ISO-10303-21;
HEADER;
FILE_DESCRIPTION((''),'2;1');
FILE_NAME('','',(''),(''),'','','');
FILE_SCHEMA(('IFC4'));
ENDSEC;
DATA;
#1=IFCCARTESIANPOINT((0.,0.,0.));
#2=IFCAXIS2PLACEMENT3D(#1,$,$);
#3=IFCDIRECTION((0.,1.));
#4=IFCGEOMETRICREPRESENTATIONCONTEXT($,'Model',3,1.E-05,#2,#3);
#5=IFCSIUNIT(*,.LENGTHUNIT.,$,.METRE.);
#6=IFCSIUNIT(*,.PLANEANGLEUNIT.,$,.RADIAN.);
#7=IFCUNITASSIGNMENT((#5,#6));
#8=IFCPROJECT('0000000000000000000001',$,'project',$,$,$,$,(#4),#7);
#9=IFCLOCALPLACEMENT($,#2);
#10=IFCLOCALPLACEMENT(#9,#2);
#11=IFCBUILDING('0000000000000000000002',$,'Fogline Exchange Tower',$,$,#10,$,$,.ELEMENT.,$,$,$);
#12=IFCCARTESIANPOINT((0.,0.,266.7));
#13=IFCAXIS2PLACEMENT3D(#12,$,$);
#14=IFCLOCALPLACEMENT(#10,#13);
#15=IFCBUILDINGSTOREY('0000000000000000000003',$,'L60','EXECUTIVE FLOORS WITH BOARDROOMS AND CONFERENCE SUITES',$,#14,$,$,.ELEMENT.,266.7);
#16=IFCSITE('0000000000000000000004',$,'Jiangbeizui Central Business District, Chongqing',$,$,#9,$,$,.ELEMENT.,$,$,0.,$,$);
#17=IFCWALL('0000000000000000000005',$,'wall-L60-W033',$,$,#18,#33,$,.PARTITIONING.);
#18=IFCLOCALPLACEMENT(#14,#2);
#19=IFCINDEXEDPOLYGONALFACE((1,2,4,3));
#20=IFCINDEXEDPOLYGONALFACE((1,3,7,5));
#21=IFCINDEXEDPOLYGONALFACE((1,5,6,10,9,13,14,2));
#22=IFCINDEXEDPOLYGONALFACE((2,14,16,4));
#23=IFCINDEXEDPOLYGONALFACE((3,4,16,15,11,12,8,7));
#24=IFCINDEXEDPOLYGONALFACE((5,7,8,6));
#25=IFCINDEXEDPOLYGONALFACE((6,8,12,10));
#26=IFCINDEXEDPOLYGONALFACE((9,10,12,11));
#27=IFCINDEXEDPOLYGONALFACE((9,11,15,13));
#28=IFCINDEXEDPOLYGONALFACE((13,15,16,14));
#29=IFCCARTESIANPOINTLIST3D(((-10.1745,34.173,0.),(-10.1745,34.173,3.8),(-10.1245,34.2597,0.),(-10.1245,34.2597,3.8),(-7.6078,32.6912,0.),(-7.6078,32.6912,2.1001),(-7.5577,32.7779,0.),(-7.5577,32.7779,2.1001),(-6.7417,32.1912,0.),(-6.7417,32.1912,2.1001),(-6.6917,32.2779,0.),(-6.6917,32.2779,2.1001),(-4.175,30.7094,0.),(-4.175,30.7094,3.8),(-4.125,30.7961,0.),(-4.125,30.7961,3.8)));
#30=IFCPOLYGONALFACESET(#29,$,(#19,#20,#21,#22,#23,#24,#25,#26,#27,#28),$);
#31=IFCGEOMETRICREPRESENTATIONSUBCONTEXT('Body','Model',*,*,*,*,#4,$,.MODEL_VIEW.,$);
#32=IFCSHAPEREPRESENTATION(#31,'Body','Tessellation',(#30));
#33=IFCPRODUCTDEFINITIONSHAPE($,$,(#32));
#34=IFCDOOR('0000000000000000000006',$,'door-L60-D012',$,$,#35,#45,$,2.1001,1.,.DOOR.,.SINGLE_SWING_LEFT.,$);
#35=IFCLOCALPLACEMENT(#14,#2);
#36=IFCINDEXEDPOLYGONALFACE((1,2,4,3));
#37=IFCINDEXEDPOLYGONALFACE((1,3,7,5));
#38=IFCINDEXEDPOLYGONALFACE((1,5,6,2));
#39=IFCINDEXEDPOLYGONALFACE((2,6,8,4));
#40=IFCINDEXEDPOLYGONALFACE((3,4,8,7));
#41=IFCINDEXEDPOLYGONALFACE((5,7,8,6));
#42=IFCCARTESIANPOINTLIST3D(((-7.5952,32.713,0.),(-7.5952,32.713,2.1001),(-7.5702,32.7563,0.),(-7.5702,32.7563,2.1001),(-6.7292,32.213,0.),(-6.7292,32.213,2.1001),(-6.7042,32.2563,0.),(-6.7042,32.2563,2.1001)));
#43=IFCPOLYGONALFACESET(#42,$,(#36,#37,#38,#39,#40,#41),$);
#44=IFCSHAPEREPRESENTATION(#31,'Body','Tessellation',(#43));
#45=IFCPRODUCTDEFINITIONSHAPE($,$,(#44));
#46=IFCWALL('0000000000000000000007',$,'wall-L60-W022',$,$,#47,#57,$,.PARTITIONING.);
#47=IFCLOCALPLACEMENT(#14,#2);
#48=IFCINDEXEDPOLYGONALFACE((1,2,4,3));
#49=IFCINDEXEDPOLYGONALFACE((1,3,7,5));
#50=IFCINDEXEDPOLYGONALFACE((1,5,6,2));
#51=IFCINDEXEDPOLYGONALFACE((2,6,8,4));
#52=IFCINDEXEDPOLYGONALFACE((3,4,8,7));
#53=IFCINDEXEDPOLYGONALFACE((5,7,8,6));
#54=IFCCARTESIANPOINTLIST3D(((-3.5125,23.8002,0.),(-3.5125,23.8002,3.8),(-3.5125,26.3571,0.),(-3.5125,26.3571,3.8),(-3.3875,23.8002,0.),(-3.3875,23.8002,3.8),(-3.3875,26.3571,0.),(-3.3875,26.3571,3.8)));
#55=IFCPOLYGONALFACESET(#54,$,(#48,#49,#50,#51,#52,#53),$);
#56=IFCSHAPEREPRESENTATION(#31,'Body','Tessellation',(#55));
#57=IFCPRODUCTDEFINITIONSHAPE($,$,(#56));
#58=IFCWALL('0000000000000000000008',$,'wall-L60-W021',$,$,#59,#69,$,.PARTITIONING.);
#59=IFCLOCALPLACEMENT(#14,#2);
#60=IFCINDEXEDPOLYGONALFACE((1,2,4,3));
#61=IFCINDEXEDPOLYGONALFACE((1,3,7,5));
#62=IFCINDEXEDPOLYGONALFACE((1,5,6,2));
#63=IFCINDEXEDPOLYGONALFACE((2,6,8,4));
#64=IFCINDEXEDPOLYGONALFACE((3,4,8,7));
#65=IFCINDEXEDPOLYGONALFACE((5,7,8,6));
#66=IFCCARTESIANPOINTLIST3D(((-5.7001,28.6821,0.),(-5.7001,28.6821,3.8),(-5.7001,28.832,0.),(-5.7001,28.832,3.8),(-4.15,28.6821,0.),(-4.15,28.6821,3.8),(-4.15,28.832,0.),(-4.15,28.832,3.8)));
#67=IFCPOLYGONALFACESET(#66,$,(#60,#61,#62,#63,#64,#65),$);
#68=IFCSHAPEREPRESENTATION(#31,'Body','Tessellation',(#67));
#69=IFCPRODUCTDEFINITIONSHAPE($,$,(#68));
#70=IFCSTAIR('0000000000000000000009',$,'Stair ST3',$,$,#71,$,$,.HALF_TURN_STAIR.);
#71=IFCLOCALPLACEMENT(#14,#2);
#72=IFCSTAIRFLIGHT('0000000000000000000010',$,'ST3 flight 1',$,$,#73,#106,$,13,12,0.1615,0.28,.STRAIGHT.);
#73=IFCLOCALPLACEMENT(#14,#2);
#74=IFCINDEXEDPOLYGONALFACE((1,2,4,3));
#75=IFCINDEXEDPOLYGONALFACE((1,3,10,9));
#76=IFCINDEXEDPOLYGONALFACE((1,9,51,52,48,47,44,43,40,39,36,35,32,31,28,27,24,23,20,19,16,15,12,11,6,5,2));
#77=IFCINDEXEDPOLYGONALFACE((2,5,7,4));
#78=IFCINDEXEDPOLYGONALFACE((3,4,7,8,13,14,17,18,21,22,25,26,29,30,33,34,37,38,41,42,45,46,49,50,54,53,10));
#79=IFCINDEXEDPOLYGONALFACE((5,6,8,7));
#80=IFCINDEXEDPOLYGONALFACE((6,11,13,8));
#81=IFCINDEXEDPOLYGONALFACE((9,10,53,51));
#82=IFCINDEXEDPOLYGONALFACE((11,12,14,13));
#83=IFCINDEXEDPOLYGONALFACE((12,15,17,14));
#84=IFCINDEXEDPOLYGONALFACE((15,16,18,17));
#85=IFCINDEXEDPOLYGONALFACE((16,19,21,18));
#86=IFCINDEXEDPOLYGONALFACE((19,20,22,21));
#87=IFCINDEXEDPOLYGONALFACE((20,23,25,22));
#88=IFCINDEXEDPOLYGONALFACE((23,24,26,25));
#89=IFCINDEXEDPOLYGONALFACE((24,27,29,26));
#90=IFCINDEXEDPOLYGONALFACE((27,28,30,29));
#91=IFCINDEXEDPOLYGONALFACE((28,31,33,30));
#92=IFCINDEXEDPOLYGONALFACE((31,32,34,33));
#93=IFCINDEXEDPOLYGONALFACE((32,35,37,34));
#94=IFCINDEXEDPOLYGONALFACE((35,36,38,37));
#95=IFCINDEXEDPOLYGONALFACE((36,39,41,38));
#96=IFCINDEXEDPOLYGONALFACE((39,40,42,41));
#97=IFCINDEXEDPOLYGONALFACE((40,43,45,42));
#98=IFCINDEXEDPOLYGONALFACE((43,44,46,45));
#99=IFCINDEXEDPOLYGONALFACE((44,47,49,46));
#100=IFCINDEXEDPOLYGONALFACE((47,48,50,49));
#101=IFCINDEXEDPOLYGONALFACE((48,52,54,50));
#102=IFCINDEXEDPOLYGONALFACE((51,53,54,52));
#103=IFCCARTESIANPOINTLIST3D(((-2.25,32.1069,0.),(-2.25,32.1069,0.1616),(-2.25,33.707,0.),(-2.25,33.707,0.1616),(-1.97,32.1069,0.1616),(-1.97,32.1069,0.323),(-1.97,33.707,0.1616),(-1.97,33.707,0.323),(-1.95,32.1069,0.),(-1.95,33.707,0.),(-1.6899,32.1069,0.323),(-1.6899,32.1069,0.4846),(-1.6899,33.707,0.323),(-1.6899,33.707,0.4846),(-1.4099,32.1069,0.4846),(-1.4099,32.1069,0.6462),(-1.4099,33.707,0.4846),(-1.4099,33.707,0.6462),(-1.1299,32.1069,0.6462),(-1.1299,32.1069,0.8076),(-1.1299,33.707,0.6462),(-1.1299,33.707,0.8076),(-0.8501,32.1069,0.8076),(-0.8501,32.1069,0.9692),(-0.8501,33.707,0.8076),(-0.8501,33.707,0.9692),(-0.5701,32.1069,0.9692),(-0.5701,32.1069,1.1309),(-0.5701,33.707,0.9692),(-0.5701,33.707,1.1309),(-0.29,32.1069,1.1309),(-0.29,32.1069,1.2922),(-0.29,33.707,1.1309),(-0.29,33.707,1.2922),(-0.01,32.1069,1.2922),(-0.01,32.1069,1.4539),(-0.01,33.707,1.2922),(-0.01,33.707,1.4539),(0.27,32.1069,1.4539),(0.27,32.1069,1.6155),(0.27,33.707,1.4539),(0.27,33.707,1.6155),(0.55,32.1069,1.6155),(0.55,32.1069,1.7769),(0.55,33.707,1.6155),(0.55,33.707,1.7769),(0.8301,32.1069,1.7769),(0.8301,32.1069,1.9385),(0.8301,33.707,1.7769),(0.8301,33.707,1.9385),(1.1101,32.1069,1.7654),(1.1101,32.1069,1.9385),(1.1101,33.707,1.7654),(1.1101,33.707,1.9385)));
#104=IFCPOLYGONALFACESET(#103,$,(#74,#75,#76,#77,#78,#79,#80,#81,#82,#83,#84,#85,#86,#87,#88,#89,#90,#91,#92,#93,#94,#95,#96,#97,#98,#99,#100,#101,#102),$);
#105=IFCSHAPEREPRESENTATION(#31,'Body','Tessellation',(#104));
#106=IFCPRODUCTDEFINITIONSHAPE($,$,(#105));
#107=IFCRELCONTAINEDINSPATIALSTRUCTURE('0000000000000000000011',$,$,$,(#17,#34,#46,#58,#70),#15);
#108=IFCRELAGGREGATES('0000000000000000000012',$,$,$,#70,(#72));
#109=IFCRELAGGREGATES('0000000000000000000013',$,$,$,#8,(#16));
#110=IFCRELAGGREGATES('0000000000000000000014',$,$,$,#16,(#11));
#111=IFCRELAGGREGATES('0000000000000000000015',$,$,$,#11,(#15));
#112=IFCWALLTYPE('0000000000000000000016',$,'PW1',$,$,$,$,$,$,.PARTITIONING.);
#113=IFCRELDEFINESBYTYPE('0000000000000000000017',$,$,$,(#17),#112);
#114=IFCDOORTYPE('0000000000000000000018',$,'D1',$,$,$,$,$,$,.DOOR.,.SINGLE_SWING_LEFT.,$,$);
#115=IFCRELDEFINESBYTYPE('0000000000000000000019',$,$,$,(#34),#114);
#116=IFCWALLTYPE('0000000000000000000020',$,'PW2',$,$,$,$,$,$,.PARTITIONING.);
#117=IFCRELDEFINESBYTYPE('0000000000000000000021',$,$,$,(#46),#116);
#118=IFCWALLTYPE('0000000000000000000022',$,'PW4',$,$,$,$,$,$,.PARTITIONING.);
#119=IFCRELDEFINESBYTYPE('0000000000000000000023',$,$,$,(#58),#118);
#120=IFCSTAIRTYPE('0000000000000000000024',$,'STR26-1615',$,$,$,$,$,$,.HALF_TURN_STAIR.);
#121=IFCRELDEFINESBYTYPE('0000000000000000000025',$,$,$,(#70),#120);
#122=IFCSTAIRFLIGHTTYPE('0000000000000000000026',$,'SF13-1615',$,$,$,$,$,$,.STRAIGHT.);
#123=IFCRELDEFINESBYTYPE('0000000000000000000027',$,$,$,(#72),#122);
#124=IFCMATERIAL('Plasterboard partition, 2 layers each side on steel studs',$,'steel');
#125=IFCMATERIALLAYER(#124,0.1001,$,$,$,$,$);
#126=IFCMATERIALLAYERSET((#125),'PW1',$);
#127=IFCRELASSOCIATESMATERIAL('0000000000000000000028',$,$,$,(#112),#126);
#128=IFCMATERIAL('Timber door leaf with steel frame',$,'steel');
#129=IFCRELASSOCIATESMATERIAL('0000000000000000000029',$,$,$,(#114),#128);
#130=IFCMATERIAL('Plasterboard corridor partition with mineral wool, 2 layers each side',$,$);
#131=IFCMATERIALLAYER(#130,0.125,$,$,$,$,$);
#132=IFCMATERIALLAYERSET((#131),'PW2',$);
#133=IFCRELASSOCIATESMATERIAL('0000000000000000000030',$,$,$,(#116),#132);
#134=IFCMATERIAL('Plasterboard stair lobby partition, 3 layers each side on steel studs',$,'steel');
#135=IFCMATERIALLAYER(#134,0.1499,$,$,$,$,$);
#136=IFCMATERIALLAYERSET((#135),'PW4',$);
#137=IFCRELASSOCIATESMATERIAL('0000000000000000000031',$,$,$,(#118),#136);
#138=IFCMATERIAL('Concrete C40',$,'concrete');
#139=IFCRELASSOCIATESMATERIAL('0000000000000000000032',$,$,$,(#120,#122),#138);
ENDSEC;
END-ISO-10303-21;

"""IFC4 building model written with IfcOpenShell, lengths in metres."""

from ifc_helpers import new_model, si_unit, direction, frame, frame_2d, origin, place, context, subcontext, project, spatial, polyline, rectangle, outline, extrude, material, layer, layer_set, type_object, element, fill, aggregate, save


model = new_model("IFC4")

# Units and contexts
model_context = context("Model", 3, precision=1e-05, world=origin(), true_north=direction((0.0, 1.0)))
body_context = subcontext(model_context, "Body", "Model", "MODEL_VIEW")
ifc_project = project(units=[si_unit("LENGTHUNIT", "METRE"), si_unit("PLANEANGLEUNIT", "RADIAN")], contexts=[model_context])

# Site, building, storey
site_placement = place(None, origin())
site = spatial("IfcSite", under=ifc_project, at=site_placement, Name="Jiangbeizui Central Business District, Chongqing", CompositionType="ELEMENT", RefElevation=0.0)
building_placement = place(site_placement, origin())
building = spatial("IfcBuilding", under=site, at=building_placement, Name="Fogline Exchange Tower", CompositionType="ELEMENT")
storey_placement = place(building_placement, frame((0.0, 0.0, 266.7)))
storey = spatial("IfcBuildingStorey", under=building, at=storey_placement, Name="L60", Description="EXECUTIVE FLOORS WITH BOARDROOMS AND CONFERENCE SUITES", CompositionType="ELEMENT", Elevation=266.7)

# Shared definitions
ifc_material_1 = material(Name="Concrete C40", Category="concrete")

# Wall, opening, door
ifc_material_2 = material(Name="Plasterboard partition, 2 layers each side on steel studs", Category="steel")
ifc_layer_1 = layer(ifc_material_2, 0.1001)
ifc_layer_set_1 = layer_set([ifc_layer_1], Name="PW1")
wall_type_1 = type_object("IfcWallType", Name="PW1", PredefinedType="PARTITIONING", material=ifc_layer_set_1)
wall_1_placement = place(storey_placement, frame((-4.1499, 30.7527, 0.0), z_axis=(0.0, 0.0, 1.0), x_axis=(-0.866038, 0.499979, 0.0)))
wall_1 = element("IfcWall", 1, at=wall_1_placement, inside=storey, type_object=wall_type_1, Name="wall-L60-W033", PredefinedType="PARTITIONING", context=body_context, shape_type="SweptSolid", body=[
    extrude(rectangle(XDim=6.9275, YDim=0.1001, at=frame_2d((3.4639, 0.0))), origin(), (0.0, 0.0, 1.0), 3.8),
])
opening_1_placement = place(wall_1_placement, frame((2.9639, 0.0, 0.0)))
opening_1 = element("IfcOpeningElement", 2, at=opening_1_placement, cuts=wall_1, PredefinedType="OPENING", context=body_context, shape_type="SweptSolid", body=[
    extrude(rectangle(XDim=1.0, YDim=2.1001, at=frame_2d((0.5, 1.05))), frame((0.0, 0.0601, 0.0), z_axis=(0.0, -1.0, 0.0), x_axis=(1.0, 0.0, 0.0)), (0.0, 0.0, 1.0), 0.1201),
])
ifc_material_3 = material(Name="Timber door leaf with steel frame", Category="steel")
door_type_1 = type_object("IfcDoorType", Name="D1", OperationType="SINGLE_SWING_LEFT", PredefinedType="DOOR", material=ifc_material_3)
door_1_placement = place(opening_1_placement, origin())
door_1 = element("IfcDoor", 3, at=door_1_placement, inside=storey, type_object=door_type_1, Name="door-L60-D012", OperationType="SINGLE_SWING_LEFT", OverallHeight=2.1001, OverallWidth=1.0, PredefinedType="DOOR", context=body_context, shape_type="SweptSolid", body=[
    extrude(rectangle(XDim=1.0, YDim=2.1001, at=frame_2d((0.5, 1.05))), frame((0.0, 0.0249, 0.0), z_axis=(0.0, -1.0, 0.0), x_axis=(1.0, 0.0, 0.0)), (0.0, 0.0, 1.0), 0.05),
])
fill(opening_1, door_1)

# Walls
ifc_material_4 = material(Name="Plasterboard corridor partition with mineral wool, 2 layers each side")
ifc_layer_2 = layer(ifc_material_4, 0.125)
ifc_layer_set_2 = layer_set([ifc_layer_2], Name="PW2")
wall_type_2 = type_object("IfcWallType", Name="PW2", PredefinedType="PARTITIONING", material=ifc_layer_set_2)
wall_2_placement = place(storey_placement, frame((-3.45, 26.3569, 0.0), z_axis=(0.0, 0.0, 1.0), x_axis=(0.0, -1.0, 0.0)))
element("IfcWall", 4, at=wall_2_placement, inside=storey, type_object=wall_type_2, Name="wall-L60-W022", PredefinedType="PARTITIONING", context=body_context, shape_type="SweptSolid", body=[
    extrude(rectangle(XDim=2.5569, YDim=0.125, at=frame_2d((1.2783, 0.0))), origin(), (0.0, 0.0, 1.0), 3.8),
])
ifc_material_5 = material(Name="Plasterboard stair lobby partition, 3 layers each side on steel studs", Category="steel")
ifc_layer_3 = layer(ifc_material_5, 0.1499)
ifc_layer_set_3 = layer_set([ifc_layer_3], Name="PW4")
wall_type_3 = type_object("IfcWallType", Name="PW4", PredefinedType="PARTITIONING", material=ifc_layer_set_3)
wall_3_placement = place(storey_placement, frame((-5.7, 28.7571, 0.0), z_axis=(0.0, 0.0, 1.0), x_axis=(1.0, 0.0, 0.0)))
element("IfcWall", 5, at=wall_3_placement, inside=storey, type_object=wall_type_3, Name="wall-L60-W021", PredefinedType="PARTITIONING", context=body_context, shape_type="SweptSolid", body=[
    extrude(rectangle(XDim=1.55, YDim=0.1499, at=frame_2d((0.7749, 0.0))), origin(), (0.0, 0.0, 1.0), 3.8),
])

# Stair, stair flight
stair_type = type_object("IfcStairType", Name="STR26-1615", PredefinedType="HALF_TURN_STAIR", material=ifc_material_1)
stair_placement = place(storey_placement, origin())
stair = element("IfcStair", 6, at=stair_placement, inside=storey, type_object=stair_type, Name="Stair ST3", PredefinedType="HALF_TURN_STAIR")
stair_flight_type = type_object("IfcStairFlightType", Name="SF13-1615", PredefinedType="STRAIGHT", material=ifc_material_1)
stair_flight_placement = place(storey_placement, frame((-2.25, 32.907, 0.0), z_axis=(0.0, 0.0, 1.0), x_axis=(1.0, 0.0, 0.0)))
stair_flight = element("IfcStairFlight", 7, at=stair_flight_placement, type_object=stair_flight_type, Name="ST3 flight 1", NumberOfRisers=13, NumberOfTreads=12, PredefinedType="STRAIGHT", RiserHeight=0.1615, TreadLength=0.28, context=body_context, shape_type="SweptSolid", body=[
    extrude(outline(polyline([(0.0, 0.0), (0.0, 0.1616), (0.28, 0.1616), (0.28, 0.323), (0.5601, 0.323), (0.5601, 0.4846), (0.8401, 0.4846), (0.8401, 0.6462), (1.1201, 0.6462), (1.1201, 0.8076), (1.3999, 0.8076), (1.3999, 0.9692), (1.6799, 0.9692), (1.6799, 1.1309), (1.96, 1.1309), (1.96, 1.2922), (2.24, 1.2922), (2.24, 1.4539), (2.52, 1.4539), (2.52, 1.6155), (2.8, 1.6155), (2.8, 1.7769), (3.0801, 1.7769), (3.0801, 1.9385), (3.3601, 1.9385), (3.3601, 2.1001), (3.3601, 1.7654), (0.3, 0.0), (0.0, 0.0)])), frame((0.0, 0.8, 0.0), z_axis=(0.0, -1.0, 0.0), x_axis=(1.0, 0.0, 0.0)), (0.0, 0.0, 1.0), 1.6001),
])
aggregate(stair, [stair_flight])

save(model, "model.ifc")
